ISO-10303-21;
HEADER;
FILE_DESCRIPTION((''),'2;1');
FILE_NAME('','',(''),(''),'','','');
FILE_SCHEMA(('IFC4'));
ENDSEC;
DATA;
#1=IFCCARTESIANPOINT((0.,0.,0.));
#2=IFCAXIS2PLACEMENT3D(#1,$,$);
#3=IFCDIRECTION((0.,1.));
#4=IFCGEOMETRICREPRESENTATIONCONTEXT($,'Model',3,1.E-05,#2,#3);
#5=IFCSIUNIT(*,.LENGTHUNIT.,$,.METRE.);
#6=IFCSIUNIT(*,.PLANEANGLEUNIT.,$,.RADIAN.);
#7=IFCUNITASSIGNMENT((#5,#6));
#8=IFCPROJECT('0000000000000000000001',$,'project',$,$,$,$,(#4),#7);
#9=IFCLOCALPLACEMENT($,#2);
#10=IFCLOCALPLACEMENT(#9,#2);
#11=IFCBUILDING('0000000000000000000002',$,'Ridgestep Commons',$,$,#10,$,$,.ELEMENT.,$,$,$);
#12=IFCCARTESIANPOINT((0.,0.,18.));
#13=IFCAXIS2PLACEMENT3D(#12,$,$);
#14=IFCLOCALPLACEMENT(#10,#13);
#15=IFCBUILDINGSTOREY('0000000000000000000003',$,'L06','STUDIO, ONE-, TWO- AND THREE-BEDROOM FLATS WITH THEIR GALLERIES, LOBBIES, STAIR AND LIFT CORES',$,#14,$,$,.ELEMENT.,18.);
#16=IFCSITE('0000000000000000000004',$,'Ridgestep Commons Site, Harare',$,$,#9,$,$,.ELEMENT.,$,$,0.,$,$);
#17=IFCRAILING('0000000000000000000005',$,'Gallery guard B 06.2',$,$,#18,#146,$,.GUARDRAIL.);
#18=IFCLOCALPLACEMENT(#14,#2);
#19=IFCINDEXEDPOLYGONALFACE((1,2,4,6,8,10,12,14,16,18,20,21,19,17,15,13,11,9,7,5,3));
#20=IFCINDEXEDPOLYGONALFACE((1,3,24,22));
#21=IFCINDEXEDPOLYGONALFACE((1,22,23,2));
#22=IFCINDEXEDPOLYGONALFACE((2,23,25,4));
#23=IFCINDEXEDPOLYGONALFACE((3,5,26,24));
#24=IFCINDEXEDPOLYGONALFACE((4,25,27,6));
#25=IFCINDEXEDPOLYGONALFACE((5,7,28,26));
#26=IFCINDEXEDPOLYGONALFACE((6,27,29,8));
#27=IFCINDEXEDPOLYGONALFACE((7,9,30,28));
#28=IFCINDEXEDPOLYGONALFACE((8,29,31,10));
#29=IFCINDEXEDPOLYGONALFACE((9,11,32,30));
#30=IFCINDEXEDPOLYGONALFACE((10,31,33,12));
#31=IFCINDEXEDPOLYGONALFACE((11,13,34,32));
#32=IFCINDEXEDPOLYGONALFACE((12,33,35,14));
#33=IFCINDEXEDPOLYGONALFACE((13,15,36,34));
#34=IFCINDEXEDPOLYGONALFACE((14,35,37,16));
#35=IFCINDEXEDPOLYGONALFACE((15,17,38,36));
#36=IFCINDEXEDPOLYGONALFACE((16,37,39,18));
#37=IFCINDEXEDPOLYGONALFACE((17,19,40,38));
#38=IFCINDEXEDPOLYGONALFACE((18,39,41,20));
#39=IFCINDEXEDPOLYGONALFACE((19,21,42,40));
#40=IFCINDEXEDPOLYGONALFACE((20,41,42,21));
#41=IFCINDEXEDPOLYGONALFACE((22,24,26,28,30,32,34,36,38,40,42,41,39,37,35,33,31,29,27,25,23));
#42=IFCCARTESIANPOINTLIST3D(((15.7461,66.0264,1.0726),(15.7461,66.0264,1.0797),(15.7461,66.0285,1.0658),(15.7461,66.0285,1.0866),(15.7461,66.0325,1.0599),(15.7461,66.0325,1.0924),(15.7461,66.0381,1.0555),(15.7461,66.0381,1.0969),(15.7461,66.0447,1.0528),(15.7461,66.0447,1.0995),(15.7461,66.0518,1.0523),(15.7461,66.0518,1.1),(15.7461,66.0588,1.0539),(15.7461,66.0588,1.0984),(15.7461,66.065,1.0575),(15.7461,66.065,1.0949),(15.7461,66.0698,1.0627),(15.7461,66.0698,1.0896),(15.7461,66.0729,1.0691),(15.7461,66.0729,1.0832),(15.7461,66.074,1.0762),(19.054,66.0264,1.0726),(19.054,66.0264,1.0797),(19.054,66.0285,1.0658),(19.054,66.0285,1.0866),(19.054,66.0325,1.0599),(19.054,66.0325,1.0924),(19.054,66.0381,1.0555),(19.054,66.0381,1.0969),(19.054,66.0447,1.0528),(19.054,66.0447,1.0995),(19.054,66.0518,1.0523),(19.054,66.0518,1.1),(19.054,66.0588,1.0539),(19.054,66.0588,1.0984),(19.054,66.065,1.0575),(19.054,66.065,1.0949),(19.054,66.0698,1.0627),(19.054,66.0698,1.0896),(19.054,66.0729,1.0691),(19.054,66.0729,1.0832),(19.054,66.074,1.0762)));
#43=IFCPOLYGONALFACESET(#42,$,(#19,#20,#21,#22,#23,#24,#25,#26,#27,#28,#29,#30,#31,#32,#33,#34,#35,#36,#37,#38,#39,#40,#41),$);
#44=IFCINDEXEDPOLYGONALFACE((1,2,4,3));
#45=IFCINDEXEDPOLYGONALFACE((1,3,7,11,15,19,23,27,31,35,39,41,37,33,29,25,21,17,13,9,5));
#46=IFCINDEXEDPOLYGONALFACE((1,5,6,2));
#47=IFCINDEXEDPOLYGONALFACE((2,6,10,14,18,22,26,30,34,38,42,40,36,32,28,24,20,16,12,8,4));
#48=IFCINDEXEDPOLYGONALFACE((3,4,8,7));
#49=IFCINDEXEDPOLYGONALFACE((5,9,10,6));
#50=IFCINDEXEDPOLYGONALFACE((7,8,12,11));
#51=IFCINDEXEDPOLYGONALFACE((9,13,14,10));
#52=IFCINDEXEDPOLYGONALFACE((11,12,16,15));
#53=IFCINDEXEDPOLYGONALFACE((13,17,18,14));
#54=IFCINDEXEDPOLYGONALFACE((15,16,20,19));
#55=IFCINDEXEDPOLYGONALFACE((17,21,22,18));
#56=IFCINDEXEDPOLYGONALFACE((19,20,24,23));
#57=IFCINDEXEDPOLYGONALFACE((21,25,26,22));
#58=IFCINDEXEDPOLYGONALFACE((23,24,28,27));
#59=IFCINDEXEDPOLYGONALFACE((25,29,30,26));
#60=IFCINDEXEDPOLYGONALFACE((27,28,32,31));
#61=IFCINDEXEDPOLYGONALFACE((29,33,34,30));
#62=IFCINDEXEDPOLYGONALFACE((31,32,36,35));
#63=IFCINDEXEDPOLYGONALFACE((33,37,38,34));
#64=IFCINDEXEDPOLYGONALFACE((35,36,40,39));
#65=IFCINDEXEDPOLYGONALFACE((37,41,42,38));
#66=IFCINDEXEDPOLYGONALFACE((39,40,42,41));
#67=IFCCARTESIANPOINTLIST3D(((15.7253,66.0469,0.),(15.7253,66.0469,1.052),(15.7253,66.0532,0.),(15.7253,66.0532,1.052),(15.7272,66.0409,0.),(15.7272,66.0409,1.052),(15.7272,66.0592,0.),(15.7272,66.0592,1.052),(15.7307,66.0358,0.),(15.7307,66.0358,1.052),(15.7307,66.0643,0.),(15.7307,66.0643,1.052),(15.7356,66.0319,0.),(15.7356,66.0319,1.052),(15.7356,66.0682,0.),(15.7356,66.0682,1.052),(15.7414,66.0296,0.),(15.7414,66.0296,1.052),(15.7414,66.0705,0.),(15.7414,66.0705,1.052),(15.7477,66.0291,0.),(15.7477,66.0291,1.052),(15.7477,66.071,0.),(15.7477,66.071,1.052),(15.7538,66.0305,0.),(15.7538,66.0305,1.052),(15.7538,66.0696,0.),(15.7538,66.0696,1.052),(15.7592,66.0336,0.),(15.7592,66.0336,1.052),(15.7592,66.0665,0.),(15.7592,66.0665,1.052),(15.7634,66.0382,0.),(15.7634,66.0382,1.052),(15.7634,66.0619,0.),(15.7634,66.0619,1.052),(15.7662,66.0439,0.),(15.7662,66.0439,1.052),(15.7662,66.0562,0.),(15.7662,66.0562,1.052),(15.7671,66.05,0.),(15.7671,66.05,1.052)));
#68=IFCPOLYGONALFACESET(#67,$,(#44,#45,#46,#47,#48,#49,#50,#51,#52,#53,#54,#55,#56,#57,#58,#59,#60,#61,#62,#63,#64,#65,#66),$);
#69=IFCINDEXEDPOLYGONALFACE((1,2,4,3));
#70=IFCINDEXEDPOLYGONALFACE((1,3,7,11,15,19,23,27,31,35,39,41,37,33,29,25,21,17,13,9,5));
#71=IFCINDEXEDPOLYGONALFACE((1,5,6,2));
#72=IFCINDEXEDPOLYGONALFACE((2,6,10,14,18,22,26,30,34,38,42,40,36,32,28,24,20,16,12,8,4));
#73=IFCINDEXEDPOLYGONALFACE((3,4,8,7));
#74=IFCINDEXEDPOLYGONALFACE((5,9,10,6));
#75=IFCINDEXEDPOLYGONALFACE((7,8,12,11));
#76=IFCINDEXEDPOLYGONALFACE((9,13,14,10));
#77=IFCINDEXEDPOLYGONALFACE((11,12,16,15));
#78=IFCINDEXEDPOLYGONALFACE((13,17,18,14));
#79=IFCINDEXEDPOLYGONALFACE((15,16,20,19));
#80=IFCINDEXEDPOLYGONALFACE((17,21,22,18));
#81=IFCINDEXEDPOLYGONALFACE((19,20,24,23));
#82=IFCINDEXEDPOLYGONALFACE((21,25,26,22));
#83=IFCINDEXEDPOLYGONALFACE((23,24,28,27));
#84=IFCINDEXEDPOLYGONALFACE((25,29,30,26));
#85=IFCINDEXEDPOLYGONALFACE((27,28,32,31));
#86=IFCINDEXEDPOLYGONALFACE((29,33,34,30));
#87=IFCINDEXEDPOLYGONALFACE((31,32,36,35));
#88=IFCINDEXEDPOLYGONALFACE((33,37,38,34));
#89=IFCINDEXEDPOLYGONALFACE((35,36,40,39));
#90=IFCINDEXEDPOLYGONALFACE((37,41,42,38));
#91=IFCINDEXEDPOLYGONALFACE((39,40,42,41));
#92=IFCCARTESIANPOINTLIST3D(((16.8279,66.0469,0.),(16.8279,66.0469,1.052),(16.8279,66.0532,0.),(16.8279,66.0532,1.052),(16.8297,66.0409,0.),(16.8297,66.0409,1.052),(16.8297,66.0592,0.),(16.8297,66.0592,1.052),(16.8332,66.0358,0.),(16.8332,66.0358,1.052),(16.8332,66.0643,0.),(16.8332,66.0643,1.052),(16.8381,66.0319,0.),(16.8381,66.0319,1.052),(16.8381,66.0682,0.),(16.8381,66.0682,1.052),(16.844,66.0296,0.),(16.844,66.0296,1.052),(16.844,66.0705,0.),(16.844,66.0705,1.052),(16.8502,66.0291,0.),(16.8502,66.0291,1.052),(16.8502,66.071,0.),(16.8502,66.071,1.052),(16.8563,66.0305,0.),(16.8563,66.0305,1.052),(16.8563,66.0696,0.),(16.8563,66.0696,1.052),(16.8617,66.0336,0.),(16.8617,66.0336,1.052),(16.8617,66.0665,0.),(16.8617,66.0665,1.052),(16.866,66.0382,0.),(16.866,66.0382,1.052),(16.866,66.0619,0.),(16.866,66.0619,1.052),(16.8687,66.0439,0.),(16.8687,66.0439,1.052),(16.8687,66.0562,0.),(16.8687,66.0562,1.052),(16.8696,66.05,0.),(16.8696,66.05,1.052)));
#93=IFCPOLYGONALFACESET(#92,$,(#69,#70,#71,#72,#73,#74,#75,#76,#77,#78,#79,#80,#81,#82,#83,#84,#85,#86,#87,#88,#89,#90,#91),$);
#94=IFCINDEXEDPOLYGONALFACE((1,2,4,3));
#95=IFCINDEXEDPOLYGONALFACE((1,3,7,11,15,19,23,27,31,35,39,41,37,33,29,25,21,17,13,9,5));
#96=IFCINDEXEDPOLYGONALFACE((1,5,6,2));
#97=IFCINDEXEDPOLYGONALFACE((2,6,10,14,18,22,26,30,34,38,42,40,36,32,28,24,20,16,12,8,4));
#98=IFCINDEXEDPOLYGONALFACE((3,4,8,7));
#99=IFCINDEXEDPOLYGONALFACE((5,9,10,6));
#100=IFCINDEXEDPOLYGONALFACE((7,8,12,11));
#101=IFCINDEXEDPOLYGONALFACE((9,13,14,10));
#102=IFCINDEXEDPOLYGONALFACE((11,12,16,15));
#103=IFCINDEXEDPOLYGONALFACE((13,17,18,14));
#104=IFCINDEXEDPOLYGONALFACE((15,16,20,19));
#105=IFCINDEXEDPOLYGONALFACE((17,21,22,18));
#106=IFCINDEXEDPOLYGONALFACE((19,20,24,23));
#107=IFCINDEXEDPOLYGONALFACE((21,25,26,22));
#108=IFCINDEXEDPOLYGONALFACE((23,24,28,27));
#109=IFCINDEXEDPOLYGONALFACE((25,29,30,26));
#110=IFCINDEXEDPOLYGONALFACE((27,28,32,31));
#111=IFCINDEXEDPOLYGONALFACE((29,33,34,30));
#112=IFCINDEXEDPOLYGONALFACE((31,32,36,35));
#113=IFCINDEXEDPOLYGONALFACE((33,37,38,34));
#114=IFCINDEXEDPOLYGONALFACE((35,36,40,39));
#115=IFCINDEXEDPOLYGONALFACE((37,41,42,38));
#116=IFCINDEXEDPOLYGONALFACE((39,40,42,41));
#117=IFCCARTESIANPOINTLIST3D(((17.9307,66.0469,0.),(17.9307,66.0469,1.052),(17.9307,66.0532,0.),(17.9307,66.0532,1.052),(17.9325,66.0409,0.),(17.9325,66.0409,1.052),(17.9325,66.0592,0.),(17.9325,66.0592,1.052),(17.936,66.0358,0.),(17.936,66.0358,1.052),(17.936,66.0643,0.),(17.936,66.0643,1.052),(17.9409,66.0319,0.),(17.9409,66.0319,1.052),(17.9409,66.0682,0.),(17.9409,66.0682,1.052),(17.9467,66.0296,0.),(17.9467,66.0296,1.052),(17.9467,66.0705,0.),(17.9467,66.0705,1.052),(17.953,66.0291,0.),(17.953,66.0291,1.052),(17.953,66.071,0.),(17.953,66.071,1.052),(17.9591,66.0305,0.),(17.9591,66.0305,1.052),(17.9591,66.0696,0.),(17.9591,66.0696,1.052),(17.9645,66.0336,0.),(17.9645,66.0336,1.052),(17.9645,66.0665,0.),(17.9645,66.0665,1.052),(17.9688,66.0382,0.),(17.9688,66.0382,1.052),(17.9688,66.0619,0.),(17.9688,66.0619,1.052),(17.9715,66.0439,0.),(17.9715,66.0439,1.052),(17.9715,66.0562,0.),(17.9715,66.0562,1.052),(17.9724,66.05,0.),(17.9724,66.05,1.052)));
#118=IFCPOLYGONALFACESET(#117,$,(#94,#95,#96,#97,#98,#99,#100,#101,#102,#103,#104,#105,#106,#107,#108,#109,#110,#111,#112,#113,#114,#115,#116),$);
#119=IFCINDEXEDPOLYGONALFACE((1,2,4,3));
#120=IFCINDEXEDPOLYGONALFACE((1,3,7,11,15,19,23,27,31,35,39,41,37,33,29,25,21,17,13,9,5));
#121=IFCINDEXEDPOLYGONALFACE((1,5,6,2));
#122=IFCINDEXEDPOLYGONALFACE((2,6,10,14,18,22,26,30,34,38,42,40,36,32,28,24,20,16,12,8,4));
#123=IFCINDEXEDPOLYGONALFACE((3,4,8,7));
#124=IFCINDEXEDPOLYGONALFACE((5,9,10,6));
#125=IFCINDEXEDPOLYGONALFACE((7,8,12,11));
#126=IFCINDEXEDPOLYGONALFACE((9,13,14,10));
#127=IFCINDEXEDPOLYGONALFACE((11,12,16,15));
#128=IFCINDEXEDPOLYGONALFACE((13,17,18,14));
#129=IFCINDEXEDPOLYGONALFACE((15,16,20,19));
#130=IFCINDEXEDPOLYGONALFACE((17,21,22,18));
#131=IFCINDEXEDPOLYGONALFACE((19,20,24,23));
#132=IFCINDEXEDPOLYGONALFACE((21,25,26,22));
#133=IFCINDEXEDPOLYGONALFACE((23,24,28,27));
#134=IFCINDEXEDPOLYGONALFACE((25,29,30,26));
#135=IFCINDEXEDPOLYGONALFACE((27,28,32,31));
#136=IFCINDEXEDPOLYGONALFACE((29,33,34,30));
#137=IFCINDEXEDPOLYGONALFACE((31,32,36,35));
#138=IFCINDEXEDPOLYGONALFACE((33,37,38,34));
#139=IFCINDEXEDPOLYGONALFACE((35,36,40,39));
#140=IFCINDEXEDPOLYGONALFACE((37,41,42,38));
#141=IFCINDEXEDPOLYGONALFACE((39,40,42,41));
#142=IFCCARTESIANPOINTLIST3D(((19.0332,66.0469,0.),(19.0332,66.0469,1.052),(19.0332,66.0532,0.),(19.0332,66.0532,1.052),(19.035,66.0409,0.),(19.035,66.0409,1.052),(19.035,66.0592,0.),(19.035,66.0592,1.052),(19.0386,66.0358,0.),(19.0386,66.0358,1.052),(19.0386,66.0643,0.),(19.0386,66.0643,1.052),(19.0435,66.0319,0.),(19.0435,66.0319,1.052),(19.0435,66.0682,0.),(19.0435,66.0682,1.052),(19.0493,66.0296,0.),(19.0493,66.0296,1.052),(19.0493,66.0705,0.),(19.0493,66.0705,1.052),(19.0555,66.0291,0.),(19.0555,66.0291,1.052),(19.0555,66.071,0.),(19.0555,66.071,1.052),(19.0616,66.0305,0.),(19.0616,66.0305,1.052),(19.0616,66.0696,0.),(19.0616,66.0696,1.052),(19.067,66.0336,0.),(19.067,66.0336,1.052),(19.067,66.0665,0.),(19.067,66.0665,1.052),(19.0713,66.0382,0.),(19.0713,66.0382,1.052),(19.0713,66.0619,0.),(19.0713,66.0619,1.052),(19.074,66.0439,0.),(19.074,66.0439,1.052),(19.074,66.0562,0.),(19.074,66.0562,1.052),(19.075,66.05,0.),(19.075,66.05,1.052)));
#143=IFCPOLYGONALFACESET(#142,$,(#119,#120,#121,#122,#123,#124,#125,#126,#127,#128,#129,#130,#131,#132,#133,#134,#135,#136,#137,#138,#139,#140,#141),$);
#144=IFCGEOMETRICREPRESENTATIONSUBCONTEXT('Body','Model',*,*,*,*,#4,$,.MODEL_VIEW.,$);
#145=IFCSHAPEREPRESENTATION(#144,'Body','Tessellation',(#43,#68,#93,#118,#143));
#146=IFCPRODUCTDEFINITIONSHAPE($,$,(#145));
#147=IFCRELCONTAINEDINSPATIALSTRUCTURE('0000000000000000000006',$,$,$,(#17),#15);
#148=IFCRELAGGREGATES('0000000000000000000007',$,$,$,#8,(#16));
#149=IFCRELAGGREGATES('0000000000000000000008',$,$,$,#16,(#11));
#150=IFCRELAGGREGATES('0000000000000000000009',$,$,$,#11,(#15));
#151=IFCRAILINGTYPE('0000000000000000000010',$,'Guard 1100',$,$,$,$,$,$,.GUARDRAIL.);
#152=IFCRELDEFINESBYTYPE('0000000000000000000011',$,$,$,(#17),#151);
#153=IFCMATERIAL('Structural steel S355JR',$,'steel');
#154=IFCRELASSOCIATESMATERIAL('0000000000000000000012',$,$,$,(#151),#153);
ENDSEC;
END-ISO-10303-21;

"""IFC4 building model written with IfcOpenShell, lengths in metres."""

from ifc_helpers import new_model, si_unit, direction, frame, origin, origin_2d, place, context, subcontext, project, spatial, circle, extrude, material, type_object, element, save


model = new_model("IFC4")

# Units and contexts
model_context = context("Model", 3, precision=1e-05, world=origin(), true_north=direction((0.0, 1.0)))
body_context = subcontext(model_context, "Body", "Model", "MODEL_VIEW")
ifc_project = project(units=[si_unit("LENGTHUNIT", "METRE"), si_unit("PLANEANGLEUNIT", "RADIAN")], contexts=[model_context])

# Site, building, storey
site_placement = place(None, origin())
site = spatial("IfcSite", under=ifc_project, at=site_placement, Name="Ridgestep Commons Site, Harare", CompositionType="ELEMENT", RefElevation=0.0)
building_placement = place(site_placement, origin())
building = spatial("IfcBuilding", under=site, at=building_placement, Name="Ridgestep Commons", CompositionType="ELEMENT")
storey_placement = place(building_placement, frame((0.0, 0.0, 18.0)))
storey = spatial("IfcBuildingStorey", under=building, at=storey_placement, Name="L06", Description="STUDIO, ONE-, TWO- AND THREE-BEDROOM FLATS WITH THEIR GALLERIES, LOBBIES, STAIR AND LIFT CORES", CompositionType="ELEMENT", Elevation=18.0)

# Railing
ifc_material_1 = material(Name="Structural steel S355JR", Category="steel")
railing_type = type_object("IfcRailingType", Name="Guard 1100", PredefinedType="GUARDRAIL", material=ifc_material_1)
railing_1_placement = place(storey_placement, frame((15.7461, 66.05, 0.0)))
element("IfcRailing", 1, at=railing_1_placement, inside=storey, type_object=railing_type, Name="Gallery guard B 06.2", PredefinedType="GUARDRAIL", context=body_context, shape_type="SweptSolid", body=[
    extrude(circle(Radius=0.0239, at=origin_2d()), frame((0.0, 0.0, 1.0762), z_axis=(1.0, 0.0, 0.0), x_axis=(0.0, 1.0, 0.0)), (0.0, 0.0, 1.0), 3.3079),
    extrude(circle(Radius=0.021, at=origin_2d()), origin(), (0.0, 0.0, 1.0), 1.052),
    extrude(circle(Radius=0.021, at=origin_2d()), frame((1.1025, 0.0, 0.0)), (0.0, 0.0, 1.0), 1.052),
    extrude(circle(Radius=0.021, at=origin_2d()), frame((2.2053, 0.0, 0.0)), (0.0, 0.0, 1.0), 1.052),
    extrude(circle(Radius=0.021, at=origin_2d()), frame((3.3079, 0.0, 0.0)), (0.0, 0.0, 1.0), 1.052),
])

save(model, "model.ifc")
